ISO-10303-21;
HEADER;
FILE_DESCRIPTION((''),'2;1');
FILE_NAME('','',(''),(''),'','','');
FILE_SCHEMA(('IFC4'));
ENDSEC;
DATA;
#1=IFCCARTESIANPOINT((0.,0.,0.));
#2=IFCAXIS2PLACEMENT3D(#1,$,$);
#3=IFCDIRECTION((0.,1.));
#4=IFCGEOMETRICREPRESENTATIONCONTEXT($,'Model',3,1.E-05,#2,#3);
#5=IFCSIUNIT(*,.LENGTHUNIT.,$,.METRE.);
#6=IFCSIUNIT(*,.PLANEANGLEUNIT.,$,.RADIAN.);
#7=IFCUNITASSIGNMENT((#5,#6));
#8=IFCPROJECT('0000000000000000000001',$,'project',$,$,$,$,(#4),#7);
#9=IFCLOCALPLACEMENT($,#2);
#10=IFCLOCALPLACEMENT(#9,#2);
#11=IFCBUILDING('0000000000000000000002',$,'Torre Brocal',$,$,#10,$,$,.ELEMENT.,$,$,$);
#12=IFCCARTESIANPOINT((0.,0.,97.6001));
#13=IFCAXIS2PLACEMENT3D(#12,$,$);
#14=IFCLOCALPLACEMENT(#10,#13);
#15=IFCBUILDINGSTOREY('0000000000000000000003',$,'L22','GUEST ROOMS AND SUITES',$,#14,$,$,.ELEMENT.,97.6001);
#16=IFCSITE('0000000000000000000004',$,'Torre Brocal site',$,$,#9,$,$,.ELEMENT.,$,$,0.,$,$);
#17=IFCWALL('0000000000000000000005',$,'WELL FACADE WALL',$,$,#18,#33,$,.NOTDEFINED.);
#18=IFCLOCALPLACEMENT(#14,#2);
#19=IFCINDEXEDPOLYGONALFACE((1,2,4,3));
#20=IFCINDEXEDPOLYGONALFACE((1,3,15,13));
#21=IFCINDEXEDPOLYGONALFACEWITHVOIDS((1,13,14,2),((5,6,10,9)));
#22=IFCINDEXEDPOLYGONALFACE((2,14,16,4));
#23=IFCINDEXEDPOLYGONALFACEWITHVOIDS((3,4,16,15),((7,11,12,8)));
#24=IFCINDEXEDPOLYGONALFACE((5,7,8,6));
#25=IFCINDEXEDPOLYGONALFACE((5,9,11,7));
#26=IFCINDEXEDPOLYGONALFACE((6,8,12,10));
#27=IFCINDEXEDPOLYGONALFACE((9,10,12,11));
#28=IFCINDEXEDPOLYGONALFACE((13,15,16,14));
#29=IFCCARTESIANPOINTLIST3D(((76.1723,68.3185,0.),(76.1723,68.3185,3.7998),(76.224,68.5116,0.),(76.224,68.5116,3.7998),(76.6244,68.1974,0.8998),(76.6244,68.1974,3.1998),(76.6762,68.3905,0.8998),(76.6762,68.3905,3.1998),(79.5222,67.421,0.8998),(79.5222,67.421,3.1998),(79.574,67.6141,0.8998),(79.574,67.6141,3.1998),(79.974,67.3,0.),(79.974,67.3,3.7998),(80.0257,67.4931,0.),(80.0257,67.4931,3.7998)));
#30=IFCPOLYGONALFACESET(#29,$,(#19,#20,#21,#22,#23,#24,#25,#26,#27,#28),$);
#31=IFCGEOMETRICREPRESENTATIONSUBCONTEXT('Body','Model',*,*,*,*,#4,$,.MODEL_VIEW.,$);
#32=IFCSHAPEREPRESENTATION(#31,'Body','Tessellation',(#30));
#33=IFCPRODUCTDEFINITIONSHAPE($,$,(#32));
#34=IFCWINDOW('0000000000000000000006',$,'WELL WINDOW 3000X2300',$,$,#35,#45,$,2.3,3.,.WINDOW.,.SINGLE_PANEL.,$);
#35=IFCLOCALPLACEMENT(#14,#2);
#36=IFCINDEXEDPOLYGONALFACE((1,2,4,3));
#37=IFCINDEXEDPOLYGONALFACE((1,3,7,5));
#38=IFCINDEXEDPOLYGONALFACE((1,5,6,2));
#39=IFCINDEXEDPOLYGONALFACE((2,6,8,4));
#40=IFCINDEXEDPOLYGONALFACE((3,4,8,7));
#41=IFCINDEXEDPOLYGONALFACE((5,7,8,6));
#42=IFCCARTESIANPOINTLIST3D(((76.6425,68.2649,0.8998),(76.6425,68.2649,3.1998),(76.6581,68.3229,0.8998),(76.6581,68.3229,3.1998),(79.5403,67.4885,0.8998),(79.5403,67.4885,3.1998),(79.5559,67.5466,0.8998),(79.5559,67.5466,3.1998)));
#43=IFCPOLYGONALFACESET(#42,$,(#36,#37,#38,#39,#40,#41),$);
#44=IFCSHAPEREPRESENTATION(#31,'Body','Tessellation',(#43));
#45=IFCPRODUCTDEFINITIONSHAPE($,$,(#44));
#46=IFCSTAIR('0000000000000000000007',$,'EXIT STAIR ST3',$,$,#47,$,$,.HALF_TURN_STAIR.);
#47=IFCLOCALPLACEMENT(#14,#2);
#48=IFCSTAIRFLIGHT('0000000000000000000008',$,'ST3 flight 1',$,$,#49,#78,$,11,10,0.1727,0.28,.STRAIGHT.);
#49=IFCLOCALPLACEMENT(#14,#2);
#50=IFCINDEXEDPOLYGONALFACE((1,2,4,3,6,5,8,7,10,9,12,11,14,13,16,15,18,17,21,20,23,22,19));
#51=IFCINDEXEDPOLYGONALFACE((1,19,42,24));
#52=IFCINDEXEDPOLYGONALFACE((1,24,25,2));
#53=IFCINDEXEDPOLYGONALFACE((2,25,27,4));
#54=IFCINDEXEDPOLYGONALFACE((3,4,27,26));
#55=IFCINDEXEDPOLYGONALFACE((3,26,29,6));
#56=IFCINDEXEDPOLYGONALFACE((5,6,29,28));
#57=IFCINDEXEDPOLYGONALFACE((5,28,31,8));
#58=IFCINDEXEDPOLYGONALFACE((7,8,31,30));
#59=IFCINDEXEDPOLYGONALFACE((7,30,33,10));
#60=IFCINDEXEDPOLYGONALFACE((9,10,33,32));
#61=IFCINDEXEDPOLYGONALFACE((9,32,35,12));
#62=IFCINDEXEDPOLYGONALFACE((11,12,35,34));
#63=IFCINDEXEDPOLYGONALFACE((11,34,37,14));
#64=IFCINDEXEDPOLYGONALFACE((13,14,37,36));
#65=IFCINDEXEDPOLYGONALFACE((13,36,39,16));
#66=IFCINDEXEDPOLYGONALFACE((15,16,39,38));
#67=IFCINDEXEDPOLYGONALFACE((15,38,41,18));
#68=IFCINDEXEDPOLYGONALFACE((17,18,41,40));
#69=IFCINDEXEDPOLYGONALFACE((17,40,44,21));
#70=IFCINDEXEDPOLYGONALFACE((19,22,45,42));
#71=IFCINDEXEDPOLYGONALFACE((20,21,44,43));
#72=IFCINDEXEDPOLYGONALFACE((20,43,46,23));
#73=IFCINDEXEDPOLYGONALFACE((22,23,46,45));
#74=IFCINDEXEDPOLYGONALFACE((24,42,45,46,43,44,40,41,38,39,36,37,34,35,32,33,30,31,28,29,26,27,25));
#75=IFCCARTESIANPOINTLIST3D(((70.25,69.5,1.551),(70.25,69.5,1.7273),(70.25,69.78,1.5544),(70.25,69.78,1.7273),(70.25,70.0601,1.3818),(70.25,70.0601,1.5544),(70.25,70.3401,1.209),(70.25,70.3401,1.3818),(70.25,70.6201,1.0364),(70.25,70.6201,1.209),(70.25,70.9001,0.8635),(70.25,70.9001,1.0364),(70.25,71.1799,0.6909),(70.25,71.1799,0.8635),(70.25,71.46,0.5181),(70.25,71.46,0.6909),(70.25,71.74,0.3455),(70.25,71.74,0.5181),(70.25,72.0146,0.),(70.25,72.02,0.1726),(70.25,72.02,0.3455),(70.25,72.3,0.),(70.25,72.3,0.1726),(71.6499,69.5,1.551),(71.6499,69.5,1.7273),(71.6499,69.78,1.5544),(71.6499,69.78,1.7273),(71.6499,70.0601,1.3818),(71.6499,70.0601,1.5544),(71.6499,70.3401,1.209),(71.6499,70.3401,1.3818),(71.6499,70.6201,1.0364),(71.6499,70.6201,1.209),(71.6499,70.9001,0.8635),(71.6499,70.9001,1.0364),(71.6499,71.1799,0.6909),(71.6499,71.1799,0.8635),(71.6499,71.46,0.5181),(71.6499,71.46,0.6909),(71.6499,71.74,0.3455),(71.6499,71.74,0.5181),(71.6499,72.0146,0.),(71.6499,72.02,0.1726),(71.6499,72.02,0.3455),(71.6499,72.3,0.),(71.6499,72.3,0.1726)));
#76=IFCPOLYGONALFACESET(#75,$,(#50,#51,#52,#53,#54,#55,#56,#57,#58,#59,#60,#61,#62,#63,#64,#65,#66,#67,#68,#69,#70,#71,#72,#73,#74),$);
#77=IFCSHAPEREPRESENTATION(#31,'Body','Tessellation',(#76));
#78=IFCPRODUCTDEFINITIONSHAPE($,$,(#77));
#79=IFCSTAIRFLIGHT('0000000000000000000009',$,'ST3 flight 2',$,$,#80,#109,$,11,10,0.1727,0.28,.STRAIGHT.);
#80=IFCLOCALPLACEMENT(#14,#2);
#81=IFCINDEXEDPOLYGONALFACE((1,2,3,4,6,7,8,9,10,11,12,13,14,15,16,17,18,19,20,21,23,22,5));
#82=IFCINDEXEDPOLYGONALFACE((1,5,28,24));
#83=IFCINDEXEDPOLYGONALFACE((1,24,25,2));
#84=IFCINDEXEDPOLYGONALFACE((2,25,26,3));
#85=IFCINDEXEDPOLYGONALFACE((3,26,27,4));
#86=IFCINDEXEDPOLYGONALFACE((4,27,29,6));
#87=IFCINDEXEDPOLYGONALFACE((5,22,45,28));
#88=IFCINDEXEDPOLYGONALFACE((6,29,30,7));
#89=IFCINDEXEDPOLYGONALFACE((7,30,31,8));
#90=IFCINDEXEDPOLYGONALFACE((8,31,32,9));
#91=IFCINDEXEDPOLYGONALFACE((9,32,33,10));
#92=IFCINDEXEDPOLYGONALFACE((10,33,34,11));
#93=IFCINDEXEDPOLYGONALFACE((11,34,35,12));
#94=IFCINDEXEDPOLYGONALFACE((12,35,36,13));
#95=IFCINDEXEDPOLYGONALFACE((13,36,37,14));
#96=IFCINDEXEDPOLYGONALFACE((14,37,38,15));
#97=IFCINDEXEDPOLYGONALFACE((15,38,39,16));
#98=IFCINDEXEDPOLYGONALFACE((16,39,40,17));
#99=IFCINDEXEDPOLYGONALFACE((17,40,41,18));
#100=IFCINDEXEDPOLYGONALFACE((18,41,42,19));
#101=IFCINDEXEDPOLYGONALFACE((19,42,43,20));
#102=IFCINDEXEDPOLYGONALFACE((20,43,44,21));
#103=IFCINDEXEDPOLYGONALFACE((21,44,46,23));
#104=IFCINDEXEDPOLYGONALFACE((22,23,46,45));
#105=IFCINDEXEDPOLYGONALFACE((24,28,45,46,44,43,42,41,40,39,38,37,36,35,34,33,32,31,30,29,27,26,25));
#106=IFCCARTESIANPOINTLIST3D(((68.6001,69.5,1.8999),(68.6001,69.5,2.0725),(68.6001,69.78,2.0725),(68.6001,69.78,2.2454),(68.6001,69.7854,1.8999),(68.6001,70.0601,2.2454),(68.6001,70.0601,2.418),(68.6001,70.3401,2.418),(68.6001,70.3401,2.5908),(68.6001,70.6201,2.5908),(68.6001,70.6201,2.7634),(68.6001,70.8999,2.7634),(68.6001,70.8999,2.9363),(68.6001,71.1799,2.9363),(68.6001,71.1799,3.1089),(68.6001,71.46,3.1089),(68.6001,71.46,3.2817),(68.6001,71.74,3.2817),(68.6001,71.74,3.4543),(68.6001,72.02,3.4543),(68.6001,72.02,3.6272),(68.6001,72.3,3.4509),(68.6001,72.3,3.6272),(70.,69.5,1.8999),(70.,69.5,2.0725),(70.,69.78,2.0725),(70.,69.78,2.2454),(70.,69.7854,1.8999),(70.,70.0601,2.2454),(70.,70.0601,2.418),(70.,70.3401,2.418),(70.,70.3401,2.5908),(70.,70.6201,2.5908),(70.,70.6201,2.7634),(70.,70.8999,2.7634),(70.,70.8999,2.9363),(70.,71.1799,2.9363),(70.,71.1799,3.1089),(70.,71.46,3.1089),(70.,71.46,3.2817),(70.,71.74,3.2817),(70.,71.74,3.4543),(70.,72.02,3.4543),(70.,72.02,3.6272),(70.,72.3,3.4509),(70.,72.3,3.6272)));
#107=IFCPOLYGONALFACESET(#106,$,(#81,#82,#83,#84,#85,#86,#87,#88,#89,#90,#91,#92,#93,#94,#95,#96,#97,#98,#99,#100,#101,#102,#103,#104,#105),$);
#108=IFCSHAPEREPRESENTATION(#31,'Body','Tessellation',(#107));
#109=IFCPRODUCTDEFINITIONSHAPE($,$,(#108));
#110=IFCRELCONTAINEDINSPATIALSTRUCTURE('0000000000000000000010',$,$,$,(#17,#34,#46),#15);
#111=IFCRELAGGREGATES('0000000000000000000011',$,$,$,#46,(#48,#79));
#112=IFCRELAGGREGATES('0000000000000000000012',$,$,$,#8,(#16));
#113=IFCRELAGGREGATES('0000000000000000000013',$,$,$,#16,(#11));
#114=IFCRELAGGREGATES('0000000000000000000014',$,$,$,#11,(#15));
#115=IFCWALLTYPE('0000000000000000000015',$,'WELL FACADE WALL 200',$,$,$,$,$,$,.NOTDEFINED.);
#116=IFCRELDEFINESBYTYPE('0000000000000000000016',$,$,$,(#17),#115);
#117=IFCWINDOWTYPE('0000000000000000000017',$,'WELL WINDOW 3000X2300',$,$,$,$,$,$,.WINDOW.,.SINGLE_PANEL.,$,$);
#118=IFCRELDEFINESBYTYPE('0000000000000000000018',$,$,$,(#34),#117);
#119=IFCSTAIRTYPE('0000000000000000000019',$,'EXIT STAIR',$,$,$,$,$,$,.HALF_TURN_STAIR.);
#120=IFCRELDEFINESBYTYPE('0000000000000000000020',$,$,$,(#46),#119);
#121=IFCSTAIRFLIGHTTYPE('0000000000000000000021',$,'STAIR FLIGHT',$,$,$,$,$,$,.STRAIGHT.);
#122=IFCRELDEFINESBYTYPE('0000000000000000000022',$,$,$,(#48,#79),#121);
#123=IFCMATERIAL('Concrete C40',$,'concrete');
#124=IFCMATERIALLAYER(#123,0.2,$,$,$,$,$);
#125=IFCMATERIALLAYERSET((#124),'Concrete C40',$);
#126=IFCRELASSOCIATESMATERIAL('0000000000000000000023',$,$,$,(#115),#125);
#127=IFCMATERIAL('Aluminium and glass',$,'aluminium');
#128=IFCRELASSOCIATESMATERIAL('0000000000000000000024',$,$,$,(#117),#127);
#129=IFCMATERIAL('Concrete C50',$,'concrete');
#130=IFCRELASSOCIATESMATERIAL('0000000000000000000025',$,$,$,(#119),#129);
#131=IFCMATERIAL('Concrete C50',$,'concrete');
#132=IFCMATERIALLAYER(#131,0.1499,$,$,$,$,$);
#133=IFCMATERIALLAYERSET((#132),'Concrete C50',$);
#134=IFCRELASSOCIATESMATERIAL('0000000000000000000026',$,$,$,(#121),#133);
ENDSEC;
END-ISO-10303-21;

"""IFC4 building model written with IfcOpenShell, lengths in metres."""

from ifc_helpers import new_model, si_unit, direction, frame, frame_2d, origin, place, context, subcontext, project, spatial, polyline, rectangle, outline, extrude, material, layer, layer_set, type_object, element, fill, aggregate, save


model = new_model("IFC4")

# Units and contexts
model_context = context("Model", 3, precision=1e-05, world=origin(), true_north=direction((0.0, 1.0)))
body_context = subcontext(model_context, "Body", "Model", "MODEL_VIEW")
ifc_project = project(units=[si_unit("LENGTHUNIT", "METRE"), si_unit("PLANEANGLEUNIT", "RADIAN")], contexts=[model_context])

# Site, building, storey
site_placement = place(None, origin())
site = spatial("IfcSite", under=ifc_project, at=site_placement, Name="Torre Brocal site", CompositionType="ELEMENT", RefElevation=0.0)
building_placement = place(site_placement, origin())
building = spatial("IfcBuilding", under=site, at=building_placement, Name="Torre Brocal", CompositionType="ELEMENT")
storey_placement = place(building_placement, frame((0.0, 0.0, 97.6001)))
storey = spatial("IfcBuildingStorey", under=building, at=storey_placement, Name="L22", Description="GUEST ROOMS AND SUITES", CompositionType="ELEMENT", Elevation=97.6001)

# Wall, opening, window
ifc_material_1 = material(Name="Concrete C40", Category="concrete")
ifc_layer_1 = layer(ifc_material_1, 0.2)
ifc_layer_set_1 = layer_set([ifc_layer_1], Name="Concrete C40")
wall_type_1 = type_object("IfcWallType", Name="WELL FACADE WALL 200", PredefinedType="NOTDEFINED", material=ifc_layer_set_1)
ifc_material_2 = material(Name="Aluminium and glass", Category="aluminium")
window_type = type_object("IfcWindowType", Name="WELL WINDOW 3000X2300", PartitioningType="SINGLE_PANEL", PredefinedType="WINDOW", material=ifc_material_2)
wall_1_placement = place(storey_placement, frame((76.1982, 68.415, 0.0), z_axis=(0.0, 0.0, 1.0), x_axis=(0.965934, -0.25879, 0.0)))
wall_1 = element("IfcWall", 1, at=wall_1_placement, inside=storey, type_object=wall_type_1, Name="WELL FACADE WALL", PredefinedType="NOTDEFINED", context=body_context, shape_type="SweptSolid", body=[
    extrude(rectangle(XDim=3.9358, YDim=0.2, at=frame_2d((1.9678, 0.0))), origin(), (0.0, 0.0, 1.0), 3.7998),
])
opening_1_placement = place(wall_1_placement, frame((0.468, 0.0, 0.8999)))
opening_1 = element("IfcOpeningElement", 2, at=opening_1_placement, cuts=wall_1, PredefinedType="OPENING", context=body_context, shape_type="SweptSolid", body=[
    extrude(rectangle(XDim=3.0, YDim=2.3, at=frame_2d((1.5, 1.1499))), frame((0.0, 0.1099, 0.0), z_axis=(0.0, -1.0, 0.0), x_axis=(1.0, 0.0, 0.0)), (0.0, 0.0, 1.0), 0.22),
])
window_1_placement = place(opening_1_placement, origin())
window_1 = element("IfcWindow", 3, at=window_1_placement, inside=storey, type_object=window_type, Name="WELL WINDOW 3000X2300", OverallHeight=2.3, OverallWidth=3.0, PartitioningType="SINGLE_PANEL", PredefinedType="WINDOW", context=body_context, shape_type="SweptSolid", body=[
    extrude(rectangle(XDim=3.0, YDim=2.3, at=frame_2d((1.5, 1.1499))), frame((0.0, 0.03, 0.0), z_axis=(0.0, -1.0, 0.0), x_axis=(1.0, 0.0, 0.0)), (0.0, 0.0, 1.0), 0.0601),
])
fill(opening_1, window_1)

# Stair, stair flights
ifc_material_3 = material(Name="Concrete C50", Category="concrete")
stair_type = type_object("IfcStairType", Name="EXIT STAIR", PredefinedType="HALF_TURN_STAIR", material=ifc_material_3)
stair_placement = place(storey_placement, origin())
stair = element("IfcStair", 4, at=stair_placement, inside=storey, type_object=stair_type, Name="EXIT STAIR ST3", PredefinedType="HALF_TURN_STAIR")
ifc_material_4 = material(Name="Concrete C50", Category="concrete")
ifc_layer_2 = layer(ifc_material_4, 0.1499)
ifc_layer_set_2 = layer_set([ifc_layer_2], Name="Concrete C50")
stair_flight_type = type_object("IfcStairFlightType", Name="STAIR FLIGHT", PredefinedType="STRAIGHT", material=ifc_layer_set_2)
stair_flight_1_placement = place(storey_placement, frame((70.95, 72.3, 0.0), z_axis=(0.0, 0.0, 1.0), x_axis=(0.0, -1.0, 0.0)))
stair_flight_1 = element("IfcStairFlight", 5, at=stair_flight_1_placement, type_object=stair_flight_type, Name="ST3 flight 1", NumberOfRisers=11, NumberOfTreads=10, PredefinedType="STRAIGHT", RiserHeight=0.1727, TreadLength=0.28, context=body_context, shape_type="SweptSolid", body=[
    extrude(outline(polyline([(0.0, 0.0), (0.0, 0.1726), (0.28, 0.1726), (0.28, 0.3455), (0.5601, 0.3455), (0.5601, 0.5181), (0.8401, 0.5181), (0.8401, 0.6909), (1.1201, 0.6909), (1.1201, 0.8635), (1.3999, 0.8635), (1.3999, 1.0364), (1.6799, 1.0364), (1.6799, 1.209), (1.96, 1.209), (1.96, 1.3818), (2.24, 1.3818), (2.24, 1.5544), (2.52, 1.5544), (2.52, 1.7273), (2.8, 1.7273), (2.8, 1.8999), (2.8, 1.551), (0.2854, 0.0), (0.0, 0.0)])), frame((0.0, 0.7, 0.0), z_axis=(0.0, -1.0, 0.0), x_axis=(1.0, 0.0, 0.0)), (0.0, 0.0, 1.0), 1.3999),
])
stair_flight_2_placement = place(storey_placement, frame((69.3, 69.5, 1.8999), z_axis=(0.0, 0.0, 1.0), x_axis=(0.0, 1.0, 0.0)))
stair_flight_2 = element("IfcStairFlight", 6, at=stair_flight_2_placement, type_object=stair_flight_type, Name="ST3 flight 2", NumberOfRisers=11, NumberOfTreads=10, PredefinedType="STRAIGHT", RiserHeight=0.1727, TreadLength=0.28, context=body_context, shape_type="SweptSolid", body=[
    extrude(outline(polyline([(0.0, 0.0), (0.0, 0.1726), (0.28, 0.1726), (0.28, 0.3455), (0.5601, 0.3455), (0.5601, 0.5181), (0.8401, 0.5181), (0.8401, 0.6909), (1.1201, 0.6909), (1.1201, 0.8635), (1.3999, 0.8635), (1.3999, 1.0364), (1.6799, 1.0364), (1.6799, 1.209), (1.96, 1.209), (1.96, 1.3818), (2.24, 1.3818), (2.24, 1.5544), (2.52, 1.5544), (2.52, 1.7273), (2.8, 1.7273), (2.8, 1.8999), (2.8, 1.551), (0.2854, 0.0), (0.0, 0.0)])), frame((0.0, 0.7, 0.0), z_axis=(0.0, -1.0, 0.0), x_axis=(1.0, 0.0, 0.0)), (0.0, 0.0, 1.0), 1.3999),
])
aggregate(stair, [stair_flight_1, stair_flight_2])

save(model, "model.ifc")
